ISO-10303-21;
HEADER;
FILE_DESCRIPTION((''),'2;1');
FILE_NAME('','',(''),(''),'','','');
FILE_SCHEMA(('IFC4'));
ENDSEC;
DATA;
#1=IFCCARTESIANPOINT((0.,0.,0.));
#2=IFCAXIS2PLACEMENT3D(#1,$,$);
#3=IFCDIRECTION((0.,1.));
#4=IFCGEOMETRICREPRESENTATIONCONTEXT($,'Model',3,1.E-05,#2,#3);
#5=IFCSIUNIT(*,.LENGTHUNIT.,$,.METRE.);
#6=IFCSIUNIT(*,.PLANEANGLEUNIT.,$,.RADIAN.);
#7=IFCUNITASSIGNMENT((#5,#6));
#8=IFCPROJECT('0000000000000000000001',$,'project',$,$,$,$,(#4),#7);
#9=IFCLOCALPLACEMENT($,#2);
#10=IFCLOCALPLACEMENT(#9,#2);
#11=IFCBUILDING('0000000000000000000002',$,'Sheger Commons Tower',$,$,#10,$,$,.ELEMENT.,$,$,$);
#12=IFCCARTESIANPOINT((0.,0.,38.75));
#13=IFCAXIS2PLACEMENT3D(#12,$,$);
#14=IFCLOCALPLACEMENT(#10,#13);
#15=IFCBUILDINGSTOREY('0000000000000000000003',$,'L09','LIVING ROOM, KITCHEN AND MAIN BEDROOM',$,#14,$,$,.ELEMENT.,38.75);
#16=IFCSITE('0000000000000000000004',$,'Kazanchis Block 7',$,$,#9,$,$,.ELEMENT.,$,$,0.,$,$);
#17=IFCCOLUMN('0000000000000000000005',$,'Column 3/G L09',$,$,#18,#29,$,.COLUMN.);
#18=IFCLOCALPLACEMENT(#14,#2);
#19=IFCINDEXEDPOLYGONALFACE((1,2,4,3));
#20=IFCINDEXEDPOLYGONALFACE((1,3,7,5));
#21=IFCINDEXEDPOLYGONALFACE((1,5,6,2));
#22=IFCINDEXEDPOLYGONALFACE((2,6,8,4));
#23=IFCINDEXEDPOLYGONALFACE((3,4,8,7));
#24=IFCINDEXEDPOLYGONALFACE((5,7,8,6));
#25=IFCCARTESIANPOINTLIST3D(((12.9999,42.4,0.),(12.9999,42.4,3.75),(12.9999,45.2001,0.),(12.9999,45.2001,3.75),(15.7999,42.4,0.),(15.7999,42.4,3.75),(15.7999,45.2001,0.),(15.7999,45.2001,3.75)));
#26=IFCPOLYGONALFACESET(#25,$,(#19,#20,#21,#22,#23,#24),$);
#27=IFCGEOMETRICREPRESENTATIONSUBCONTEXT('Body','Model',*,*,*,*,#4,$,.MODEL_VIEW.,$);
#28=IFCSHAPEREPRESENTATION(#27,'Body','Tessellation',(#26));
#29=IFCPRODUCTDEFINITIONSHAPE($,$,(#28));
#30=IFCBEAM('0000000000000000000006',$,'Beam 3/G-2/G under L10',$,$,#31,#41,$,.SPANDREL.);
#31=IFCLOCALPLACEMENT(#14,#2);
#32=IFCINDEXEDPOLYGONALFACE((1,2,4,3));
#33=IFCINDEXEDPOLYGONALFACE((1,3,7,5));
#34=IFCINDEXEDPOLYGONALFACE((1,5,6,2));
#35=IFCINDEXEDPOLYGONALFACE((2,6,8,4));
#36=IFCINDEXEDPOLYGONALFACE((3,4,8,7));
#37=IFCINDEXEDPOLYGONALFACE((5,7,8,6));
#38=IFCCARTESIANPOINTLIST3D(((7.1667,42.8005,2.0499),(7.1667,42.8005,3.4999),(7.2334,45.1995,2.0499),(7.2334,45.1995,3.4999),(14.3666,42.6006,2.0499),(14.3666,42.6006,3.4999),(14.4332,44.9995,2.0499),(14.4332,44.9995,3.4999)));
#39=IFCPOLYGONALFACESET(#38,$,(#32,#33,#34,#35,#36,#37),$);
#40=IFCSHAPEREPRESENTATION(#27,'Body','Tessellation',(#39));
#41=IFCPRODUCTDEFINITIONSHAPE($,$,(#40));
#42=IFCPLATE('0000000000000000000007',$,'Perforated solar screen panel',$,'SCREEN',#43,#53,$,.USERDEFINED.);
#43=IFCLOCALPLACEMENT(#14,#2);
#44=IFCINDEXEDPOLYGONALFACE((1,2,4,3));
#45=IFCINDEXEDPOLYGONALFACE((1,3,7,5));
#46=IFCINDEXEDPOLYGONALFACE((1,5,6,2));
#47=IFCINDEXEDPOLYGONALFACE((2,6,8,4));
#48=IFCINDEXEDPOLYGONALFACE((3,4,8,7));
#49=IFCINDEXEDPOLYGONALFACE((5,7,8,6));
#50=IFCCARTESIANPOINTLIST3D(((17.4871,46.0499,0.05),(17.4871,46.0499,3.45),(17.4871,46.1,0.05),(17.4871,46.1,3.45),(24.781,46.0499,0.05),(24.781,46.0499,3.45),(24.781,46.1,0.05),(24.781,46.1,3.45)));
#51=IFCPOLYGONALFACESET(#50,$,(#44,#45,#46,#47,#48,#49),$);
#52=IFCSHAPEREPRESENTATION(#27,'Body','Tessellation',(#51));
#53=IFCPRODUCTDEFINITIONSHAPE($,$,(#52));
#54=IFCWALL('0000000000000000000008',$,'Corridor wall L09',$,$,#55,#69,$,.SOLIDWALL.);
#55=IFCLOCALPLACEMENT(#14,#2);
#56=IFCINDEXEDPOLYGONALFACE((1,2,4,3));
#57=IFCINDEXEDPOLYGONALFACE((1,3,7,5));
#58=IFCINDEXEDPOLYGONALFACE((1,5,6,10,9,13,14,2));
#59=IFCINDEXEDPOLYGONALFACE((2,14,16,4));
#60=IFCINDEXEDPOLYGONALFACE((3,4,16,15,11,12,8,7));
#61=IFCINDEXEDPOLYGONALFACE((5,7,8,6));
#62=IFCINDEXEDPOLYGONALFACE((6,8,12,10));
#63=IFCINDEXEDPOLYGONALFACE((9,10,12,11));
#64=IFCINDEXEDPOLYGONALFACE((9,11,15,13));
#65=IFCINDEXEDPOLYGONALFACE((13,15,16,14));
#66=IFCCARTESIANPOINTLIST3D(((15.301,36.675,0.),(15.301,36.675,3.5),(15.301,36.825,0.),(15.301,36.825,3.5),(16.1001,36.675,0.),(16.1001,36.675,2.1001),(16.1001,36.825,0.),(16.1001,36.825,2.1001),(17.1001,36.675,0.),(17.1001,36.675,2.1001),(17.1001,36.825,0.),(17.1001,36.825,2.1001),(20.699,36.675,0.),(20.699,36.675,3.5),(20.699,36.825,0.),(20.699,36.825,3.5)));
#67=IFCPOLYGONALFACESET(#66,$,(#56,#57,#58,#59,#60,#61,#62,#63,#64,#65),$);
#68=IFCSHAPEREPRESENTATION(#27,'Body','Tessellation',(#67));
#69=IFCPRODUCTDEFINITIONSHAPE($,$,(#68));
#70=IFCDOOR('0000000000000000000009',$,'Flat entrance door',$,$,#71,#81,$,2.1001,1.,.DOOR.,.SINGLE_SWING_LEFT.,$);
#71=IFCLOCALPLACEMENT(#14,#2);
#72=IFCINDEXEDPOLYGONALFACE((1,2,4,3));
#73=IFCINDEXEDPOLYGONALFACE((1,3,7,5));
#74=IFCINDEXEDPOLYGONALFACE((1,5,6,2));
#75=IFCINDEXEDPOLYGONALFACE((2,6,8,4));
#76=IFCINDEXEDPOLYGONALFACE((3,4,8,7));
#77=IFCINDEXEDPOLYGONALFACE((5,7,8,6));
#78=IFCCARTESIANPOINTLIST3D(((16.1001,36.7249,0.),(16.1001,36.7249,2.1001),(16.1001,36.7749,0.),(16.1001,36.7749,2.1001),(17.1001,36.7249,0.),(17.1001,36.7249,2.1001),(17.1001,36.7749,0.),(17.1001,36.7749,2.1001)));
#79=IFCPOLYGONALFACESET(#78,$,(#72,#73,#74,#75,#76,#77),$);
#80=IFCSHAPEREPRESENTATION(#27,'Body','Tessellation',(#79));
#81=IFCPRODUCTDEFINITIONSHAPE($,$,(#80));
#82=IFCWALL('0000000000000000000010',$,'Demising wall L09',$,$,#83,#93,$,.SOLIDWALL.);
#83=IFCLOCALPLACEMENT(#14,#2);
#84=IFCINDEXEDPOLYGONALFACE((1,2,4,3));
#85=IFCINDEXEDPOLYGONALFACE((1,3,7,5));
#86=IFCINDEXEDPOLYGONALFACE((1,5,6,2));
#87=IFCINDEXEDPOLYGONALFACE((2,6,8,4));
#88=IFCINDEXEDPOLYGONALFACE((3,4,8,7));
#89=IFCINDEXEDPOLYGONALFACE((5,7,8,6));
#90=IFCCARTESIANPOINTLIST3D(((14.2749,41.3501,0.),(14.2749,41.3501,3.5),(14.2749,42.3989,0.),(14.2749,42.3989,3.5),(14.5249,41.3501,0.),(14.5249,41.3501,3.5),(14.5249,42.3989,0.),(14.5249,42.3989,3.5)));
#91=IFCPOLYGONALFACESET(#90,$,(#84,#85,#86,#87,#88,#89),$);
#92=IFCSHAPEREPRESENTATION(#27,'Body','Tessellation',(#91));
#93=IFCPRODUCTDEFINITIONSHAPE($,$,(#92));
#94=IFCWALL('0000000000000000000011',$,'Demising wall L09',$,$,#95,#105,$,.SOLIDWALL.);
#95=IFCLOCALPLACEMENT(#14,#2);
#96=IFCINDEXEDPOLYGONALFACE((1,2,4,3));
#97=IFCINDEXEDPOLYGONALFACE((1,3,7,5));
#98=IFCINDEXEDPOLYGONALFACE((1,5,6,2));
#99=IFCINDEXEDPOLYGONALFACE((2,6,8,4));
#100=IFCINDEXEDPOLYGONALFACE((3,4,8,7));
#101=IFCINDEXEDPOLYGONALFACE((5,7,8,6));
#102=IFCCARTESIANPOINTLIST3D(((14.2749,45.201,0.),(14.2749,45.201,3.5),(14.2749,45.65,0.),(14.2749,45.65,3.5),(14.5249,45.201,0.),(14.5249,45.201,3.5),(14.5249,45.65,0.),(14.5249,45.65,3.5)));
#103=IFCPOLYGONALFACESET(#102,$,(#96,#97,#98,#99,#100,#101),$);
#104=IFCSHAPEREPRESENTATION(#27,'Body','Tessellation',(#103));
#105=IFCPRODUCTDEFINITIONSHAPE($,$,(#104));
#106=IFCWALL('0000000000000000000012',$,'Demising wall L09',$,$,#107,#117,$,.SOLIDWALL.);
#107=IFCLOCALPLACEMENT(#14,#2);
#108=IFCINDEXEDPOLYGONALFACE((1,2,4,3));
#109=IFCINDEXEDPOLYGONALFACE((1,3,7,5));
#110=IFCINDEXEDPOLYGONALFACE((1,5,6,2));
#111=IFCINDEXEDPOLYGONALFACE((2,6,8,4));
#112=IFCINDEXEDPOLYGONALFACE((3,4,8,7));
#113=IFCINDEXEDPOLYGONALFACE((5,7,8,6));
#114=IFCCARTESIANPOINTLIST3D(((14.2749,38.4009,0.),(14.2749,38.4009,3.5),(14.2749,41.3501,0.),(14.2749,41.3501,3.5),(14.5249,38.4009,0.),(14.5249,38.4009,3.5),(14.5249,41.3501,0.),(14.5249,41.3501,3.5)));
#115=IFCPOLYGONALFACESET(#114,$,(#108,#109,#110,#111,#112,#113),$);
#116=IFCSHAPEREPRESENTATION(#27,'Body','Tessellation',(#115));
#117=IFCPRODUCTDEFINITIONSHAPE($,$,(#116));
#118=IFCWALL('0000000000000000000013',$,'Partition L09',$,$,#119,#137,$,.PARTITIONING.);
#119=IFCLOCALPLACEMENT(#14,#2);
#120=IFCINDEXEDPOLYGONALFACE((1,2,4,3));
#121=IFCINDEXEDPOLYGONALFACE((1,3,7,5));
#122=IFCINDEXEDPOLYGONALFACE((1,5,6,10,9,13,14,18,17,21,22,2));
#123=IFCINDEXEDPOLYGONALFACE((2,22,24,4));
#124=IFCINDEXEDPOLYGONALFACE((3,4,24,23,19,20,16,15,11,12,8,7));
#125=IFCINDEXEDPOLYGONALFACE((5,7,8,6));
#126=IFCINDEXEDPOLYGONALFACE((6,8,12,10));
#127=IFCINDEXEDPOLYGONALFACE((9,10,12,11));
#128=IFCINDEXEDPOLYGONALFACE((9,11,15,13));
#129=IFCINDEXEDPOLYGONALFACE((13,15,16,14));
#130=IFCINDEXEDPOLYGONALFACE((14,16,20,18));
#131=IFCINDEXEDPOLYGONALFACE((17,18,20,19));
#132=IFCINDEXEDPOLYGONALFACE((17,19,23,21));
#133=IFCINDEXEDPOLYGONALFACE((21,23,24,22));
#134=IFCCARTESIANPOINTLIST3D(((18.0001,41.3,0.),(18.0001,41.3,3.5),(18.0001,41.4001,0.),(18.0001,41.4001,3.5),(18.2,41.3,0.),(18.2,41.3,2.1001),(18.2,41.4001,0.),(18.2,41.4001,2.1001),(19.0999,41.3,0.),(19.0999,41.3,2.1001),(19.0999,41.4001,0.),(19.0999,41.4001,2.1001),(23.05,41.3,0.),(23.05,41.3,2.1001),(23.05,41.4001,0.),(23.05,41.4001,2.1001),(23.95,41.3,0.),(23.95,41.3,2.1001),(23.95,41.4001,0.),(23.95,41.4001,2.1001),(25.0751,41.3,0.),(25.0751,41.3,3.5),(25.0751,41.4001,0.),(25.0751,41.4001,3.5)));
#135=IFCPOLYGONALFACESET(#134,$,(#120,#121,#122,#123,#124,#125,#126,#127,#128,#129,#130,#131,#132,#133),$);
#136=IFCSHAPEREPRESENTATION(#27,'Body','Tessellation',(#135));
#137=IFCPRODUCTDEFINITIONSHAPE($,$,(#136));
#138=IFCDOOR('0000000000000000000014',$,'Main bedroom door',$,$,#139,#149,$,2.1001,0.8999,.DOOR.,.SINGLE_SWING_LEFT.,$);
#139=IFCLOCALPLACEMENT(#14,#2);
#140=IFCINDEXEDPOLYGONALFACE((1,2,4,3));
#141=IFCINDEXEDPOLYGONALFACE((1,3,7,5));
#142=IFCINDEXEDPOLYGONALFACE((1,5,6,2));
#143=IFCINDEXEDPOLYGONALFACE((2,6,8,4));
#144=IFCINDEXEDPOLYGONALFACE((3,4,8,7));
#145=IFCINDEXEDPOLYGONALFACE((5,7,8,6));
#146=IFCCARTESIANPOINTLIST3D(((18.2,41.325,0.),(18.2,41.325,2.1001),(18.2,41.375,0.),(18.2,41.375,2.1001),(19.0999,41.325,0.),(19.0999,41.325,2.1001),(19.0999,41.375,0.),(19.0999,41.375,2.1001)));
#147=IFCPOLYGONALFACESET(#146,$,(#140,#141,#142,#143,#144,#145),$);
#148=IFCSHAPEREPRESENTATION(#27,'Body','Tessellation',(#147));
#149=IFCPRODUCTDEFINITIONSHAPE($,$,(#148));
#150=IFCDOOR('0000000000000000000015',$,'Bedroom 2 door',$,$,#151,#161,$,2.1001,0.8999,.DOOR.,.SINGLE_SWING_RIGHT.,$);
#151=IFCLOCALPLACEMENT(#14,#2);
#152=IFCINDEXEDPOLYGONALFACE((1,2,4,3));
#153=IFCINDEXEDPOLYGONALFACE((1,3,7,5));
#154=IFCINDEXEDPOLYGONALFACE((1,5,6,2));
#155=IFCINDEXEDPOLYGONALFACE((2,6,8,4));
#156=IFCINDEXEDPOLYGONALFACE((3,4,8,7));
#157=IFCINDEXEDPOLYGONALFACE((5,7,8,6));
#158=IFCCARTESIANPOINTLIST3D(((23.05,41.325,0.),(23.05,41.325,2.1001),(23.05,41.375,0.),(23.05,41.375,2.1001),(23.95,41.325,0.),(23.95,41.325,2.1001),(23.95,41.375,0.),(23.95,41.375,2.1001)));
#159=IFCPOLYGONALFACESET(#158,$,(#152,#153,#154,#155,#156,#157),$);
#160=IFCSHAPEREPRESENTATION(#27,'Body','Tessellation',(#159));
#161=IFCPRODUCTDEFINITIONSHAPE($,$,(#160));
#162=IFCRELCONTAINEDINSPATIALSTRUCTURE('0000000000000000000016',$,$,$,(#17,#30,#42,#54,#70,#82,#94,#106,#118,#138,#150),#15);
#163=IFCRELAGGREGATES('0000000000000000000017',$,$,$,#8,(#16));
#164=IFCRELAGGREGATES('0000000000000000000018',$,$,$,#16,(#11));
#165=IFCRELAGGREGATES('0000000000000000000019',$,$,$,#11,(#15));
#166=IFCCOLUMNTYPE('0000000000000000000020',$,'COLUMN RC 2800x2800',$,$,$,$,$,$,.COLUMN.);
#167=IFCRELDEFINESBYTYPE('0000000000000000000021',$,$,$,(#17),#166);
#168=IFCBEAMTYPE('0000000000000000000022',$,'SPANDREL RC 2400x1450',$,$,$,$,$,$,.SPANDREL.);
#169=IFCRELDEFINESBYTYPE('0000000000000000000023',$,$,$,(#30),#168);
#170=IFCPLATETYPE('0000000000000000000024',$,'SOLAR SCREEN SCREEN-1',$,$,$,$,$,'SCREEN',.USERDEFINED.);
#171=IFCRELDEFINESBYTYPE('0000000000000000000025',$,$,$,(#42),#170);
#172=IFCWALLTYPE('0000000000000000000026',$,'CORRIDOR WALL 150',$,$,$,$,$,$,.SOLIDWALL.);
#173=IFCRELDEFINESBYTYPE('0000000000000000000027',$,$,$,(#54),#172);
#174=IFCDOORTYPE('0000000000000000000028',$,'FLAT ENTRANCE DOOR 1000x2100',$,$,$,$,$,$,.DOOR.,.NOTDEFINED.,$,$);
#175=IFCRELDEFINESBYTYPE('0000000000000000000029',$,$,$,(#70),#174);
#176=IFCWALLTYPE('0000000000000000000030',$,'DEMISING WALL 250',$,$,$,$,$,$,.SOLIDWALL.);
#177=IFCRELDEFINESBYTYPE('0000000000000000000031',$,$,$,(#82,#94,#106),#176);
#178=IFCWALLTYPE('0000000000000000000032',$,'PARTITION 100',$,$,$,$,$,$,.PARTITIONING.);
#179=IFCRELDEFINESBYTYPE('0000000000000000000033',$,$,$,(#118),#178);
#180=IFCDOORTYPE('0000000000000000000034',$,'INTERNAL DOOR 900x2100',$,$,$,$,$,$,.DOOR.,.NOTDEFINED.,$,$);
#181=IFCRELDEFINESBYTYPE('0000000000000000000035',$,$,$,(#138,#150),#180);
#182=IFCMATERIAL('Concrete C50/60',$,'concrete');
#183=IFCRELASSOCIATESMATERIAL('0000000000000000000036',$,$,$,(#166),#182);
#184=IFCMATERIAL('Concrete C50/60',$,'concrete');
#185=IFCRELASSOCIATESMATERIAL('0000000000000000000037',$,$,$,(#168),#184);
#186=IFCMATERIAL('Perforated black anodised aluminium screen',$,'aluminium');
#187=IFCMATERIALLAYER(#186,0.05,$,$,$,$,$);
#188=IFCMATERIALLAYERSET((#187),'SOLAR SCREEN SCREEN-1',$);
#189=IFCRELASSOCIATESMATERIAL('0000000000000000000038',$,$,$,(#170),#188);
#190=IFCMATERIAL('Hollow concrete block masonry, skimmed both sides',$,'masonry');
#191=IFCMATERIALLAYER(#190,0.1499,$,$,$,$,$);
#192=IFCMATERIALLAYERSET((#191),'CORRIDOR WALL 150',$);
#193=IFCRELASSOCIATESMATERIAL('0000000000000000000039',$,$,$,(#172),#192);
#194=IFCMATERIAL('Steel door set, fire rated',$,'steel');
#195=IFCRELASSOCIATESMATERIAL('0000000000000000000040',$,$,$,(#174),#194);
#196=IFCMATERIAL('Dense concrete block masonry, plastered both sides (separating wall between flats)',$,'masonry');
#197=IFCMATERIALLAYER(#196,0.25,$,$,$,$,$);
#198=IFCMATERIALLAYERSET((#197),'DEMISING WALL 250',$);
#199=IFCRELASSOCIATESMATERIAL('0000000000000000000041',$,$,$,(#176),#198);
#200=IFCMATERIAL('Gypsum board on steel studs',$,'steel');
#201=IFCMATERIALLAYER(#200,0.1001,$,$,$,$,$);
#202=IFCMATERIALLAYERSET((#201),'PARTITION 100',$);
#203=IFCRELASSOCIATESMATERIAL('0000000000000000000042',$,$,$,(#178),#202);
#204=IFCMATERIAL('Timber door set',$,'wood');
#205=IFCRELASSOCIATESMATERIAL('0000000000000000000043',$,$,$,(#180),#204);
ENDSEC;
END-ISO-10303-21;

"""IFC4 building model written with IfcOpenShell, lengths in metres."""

from ifc_helpers import new_model, si_unit, direction, frame, frame_2d, origin, origin_2d, place, context, subcontext, project, spatial, rectangle, extrude, material, layer, layer_set, material_profile, profile_set, type_object, element, fill, save


model = new_model("IFC4")

# Units and contexts
model_context = context("Model", 3, precision=1e-05, world=origin(), true_north=direction((0.0, 1.0)))
body_context = subcontext(model_context, "Body", "Model", "MODEL_VIEW")
ifc_project = project(units=[si_unit("LENGTHUNIT", "METRE"), si_unit("PLANEANGLEUNIT", "RADIAN")], contexts=[model_context])

# Site, building, storey
site_placement = place(None, origin())
site = spatial("IfcSite", under=ifc_project, at=site_placement, Name="Kazanchis Block 7", CompositionType="ELEMENT", RefElevation=0.0)
building_placement = place(site_placement, origin())
building = spatial("IfcBuilding", under=site, at=building_placement, Name="Sheger Commons Tower", CompositionType="ELEMENT")
storey_placement = place(building_placement, frame((0.0, 0.0, 38.75)))
storey = spatial("IfcBuildingStorey", under=building, at=storey_placement, Name="L09", Description="LIVING ROOM, KITCHEN AND MAIN BEDROOM", CompositionType="ELEMENT", Elevation=38.75)

# Column
ifc_material_1 = material(Name="Concrete C50/60", Category="concrete")
ifc_material_profile_1 = material_profile(ifc_material_1, rectangle(XDim=2.8, YDim=2.8, at=origin_2d()), Name="RC 2800x2800")
ifc_profile_set_1 = profile_set([ifc_material_profile_1], Name="Concrete C50/60")
column_type = type_object("IfcColumnType", Name="COLUMN RC 2800x2800", PredefinedType="COLUMN", material=ifc_profile_set_1)
column_placement = place(storey_placement, frame((14.3999, 43.8, 0.0), z_axis=(0.0, 0.0, 1.0), x_axis=(1.0, 0.0, 0.0)))
element("IfcColumn", 1, at=column_placement, inside=storey, type_object=column_type, Name="Column 3/G L09", PredefinedType="COLUMN", context=body_context, shape_type="SweptSolid", body=[
    extrude(rectangle(XDim=2.8, YDim=2.8, at=origin_2d()), origin(), (0.0, 0.0, 1.0), 3.75),
])

# Beam
ifc_material_2 = material(Name="Concrete C50/60", Category="concrete")
ifc_material_profile_2 = material_profile(ifc_material_2, rectangle(XDim=2.3999, YDim=1.45, at=origin_2d()), Name="RC 2400x1450")
ifc_profile_set_2 = profile_set([ifc_material_profile_2], Name="Concrete C50/60")
beam_type = type_object("IfcBeamType", Name="SPANDREL RC 2400x1450", PredefinedType="SPANDREL", material=ifc_profile_set_2)
beam_placement = place(storey_placement, frame((14.3999, 43.8, 2.7749), z_axis=(-0.999615, 0.02776, 0.0), x_axis=(-0.02776, -0.999615, 0.0)))
element("IfcBeam", 2, at=beam_placement, inside=storey, type_object=beam_type, Name="Beam 3/G-2/G under L10", PredefinedType="SPANDREL", context=body_context, shape_type="SweptSolid", body=[
    extrude(rectangle(XDim=2.3999, YDim=1.45, at=origin_2d()), origin(), (0.0, 0.0, 1.0), 7.2026),
])

# Plate
ifc_material_3 = material(Name="Perforated black anodised aluminium screen", Category="aluminium")
ifc_layer_1 = layer(ifc_material_3, 0.05)
ifc_layer_set_1 = layer_set([ifc_layer_1], Name="SOLAR SCREEN SCREEN-1")
plate_type = type_object("IfcPlateType", Name="SOLAR SCREEN SCREEN-1", ElementType="SCREEN", PredefinedType="USERDEFINED", material=ifc_layer_set_1)
plate_placement = place(storey_placement, frame((21.134, 46.075, 0.05), z_axis=(0.0, 0.0, 1.0), x_axis=(-1.0, 0.0, 0.0)))
element("IfcPlate", 3, at=plate_placement, inside=storey, type_object=plate_type, Name="Perforated solar screen panel", ObjectType="SCREEN", PredefinedType="USERDEFINED", context=body_context, shape_type="SweptSolid", body=[
    extrude(rectangle(XDim=7.2939, YDim=0.05, at=origin_2d()), origin(), (0.0, 0.0, 1.0), 3.3999),
])

# Wall, opening, door
ifc_material_4 = material(Name="Hollow concrete block masonry, skimmed both sides", Category="masonry")
ifc_layer_2 = layer(ifc_material_4, 0.1499)
ifc_layer_set_2 = layer_set([ifc_layer_2], Name="CORRIDOR WALL 150")
wall_type_1 = type_object("IfcWallType", Name="CORRIDOR WALL 150", PredefinedType="SOLIDWALL", material=ifc_layer_set_2)
wall_1_placement = place(storey_placement, frame((15.301, 36.75, 0.0), z_axis=(0.0, 0.0, 1.0), x_axis=(1.0, 0.0, 0.0)))
wall_1 = element("IfcWall", 4, at=wall_1_placement, inside=storey, type_object=wall_type_1, Name="Corridor wall L09", PredefinedType="SOLIDWALL", context=body_context, shape_type="SweptSolid", body=[
    extrude(rectangle(XDim=5.3979, YDim=0.1499, at=frame_2d((2.699, 0.0))), origin(), (0.0, 0.0, 1.0), 3.5),
])
opening_1_placement = place(wall_1_placement, frame((0.7991, 0.0, 0.0)))
opening_1 = element("IfcOpeningElement", 5, at=opening_1_placement, cuts=wall_1, PredefinedType="OPENING", context=body_context, shape_type="SweptSolid", body=[
    extrude(rectangle(XDim=1.0, YDim=2.1001, at=frame_2d((0.5, 1.05))), frame((0.0, 0.085, 0.0), z_axis=(0.0, -1.0, 0.0), x_axis=(1.0, 0.0, 0.0)), (0.0, 0.0, 1.0), 0.1699),
])
ifc_material_5 = material(Name="Steel door set, fire rated", Category="steel")
door_type_1 = type_object("IfcDoorType", Name="FLAT ENTRANCE DOOR 1000x2100", OperationType="NOTDEFINED", PredefinedType="DOOR", material=ifc_material_5)
door_1_placement = place(opening_1_placement, origin())
door_1 = element("IfcDoor", 6, at=door_1_placement, inside=storey, type_object=door_type_1, Name="Flat entrance door", OperationType="SINGLE_SWING_LEFT", OverallHeight=2.1001, OverallWidth=1.0, PredefinedType="DOOR", context=body_context, shape_type="SweptSolid", body=[
    extrude(rectangle(XDim=1.0, YDim=2.1001, at=frame_2d((0.5, 1.05))), frame((0.0, 0.0249, 0.0), z_axis=(0.0, -1.0, 0.0), x_axis=(1.0, 0.0, 0.0)), (0.0, 0.0, 1.0), 0.05),
])
fill(opening_1, door_1)

# Walls
ifc_material_6 = material(Name="Dense concrete block masonry, plastered both sides (separating wall between flats)", Category="masonry")
ifc_layer_3 = layer(ifc_material_6, 0.25)
ifc_layer_set_3 = layer_set([ifc_layer_3], Name="DEMISING WALL 250")
wall_type_2 = type_object("IfcWallType", Name="DEMISING WALL 250", PredefinedType="SOLIDWALL", material=ifc_layer_set_3)
wall_2_placement = place(storey_placement, frame((14.3999, 41.3501, 0.0), z_axis=(0.0, 0.0, 1.0), x_axis=(0.0, 1.0, 0.0)))
element("IfcWall", 7, at=wall_2_placement, inside=storey, type_object=wall_type_2, Name="Demising wall L09", PredefinedType="SOLIDWALL", context=body_context, shape_type="SweptSolid", body=[
    extrude(rectangle(XDim=1.0488, YDim=0.25, at=frame_2d((0.5244, 0.0))), origin(), (0.0, 0.0, 1.0), 3.5),
])
wall_3_placement = place(storey_placement, frame((14.3999, 45.2009, 0.0), z_axis=(0.0, 0.0, 1.0), x_axis=(0.0, 1.0, 0.0)))
element("IfcWall", 8, at=wall_3_placement, inside=storey, type_object=wall_type_2, Name="Demising wall L09", PredefinedType="SOLIDWALL", context=body_context, shape_type="SweptSolid", body=[
    extrude(rectangle(XDim=0.449, YDim=0.25, at=frame_2d((0.2246, 0.0))), origin(), (0.0, 0.0, 1.0), 3.5),
])
wall_4_placement = place(storey_placement, frame((14.3999, 38.4009, 0.0), z_axis=(0.0, 0.0, 1.0), x_axis=(0.0, 1.0, 0.0)))
element("IfcWall", 9, at=wall_4_placement, inside=storey, type_object=wall_type_2, Name="Demising wall L09", PredefinedType="SOLIDWALL", context=body_context, shape_type="SweptSolid", body=[
    extrude(rectangle(XDim=2.9492, YDim=0.25, at=frame_2d((1.4746, 0.0))), origin(), (0.0, 0.0, 1.0), 3.5),
])

# Wall, openings, doors
ifc_material_7 = material(Name="Gypsum board on steel studs", Category="steel")
ifc_layer_4 = layer(ifc_material_7, 0.1001)
ifc_layer_set_4 = layer_set([ifc_layer_4], Name="PARTITION 100")
wall_type_3 = type_object("IfcWallType", Name="PARTITION 100", PredefinedType="PARTITIONING", material=ifc_layer_set_4)
wall_5_placement = place(storey_placement, frame((18.0, 41.3501, 0.0), z_axis=(0.0, 0.0, 1.0), x_axis=(1.0, 0.0, 0.0)))
wall_5 = element("IfcWall", 10, at=wall_5_placement, inside=storey, type_object=wall_type_3, Name="Partition L09", PredefinedType="PARTITIONING", context=body_context, shape_type="SweptSolid", body=[
    extrude(rectangle(XDim=7.075, YDim=0.1001, at=frame_2d((3.5376, 0.0))), origin(), (0.0, 0.0, 1.0), 3.5),
])
opening_2_placement = place(wall_5_placement, frame((0.2, 0.0, 0.0)))
opening_2 = element("IfcOpeningElement", 11, at=opening_2_placement, cuts=wall_5, PredefinedType="OPENING", context=body_context, shape_type="SweptSolid", body=[
    extrude(rectangle(XDim=0.8999, YDim=2.1001, at=frame_2d((0.45, 1.05))), frame((0.0, 0.0601, 0.0), z_axis=(0.0, -1.0, 0.0), x_axis=(1.0, 0.0, 0.0)), (0.0, 0.0, 1.0), 0.1201),
])
opening_3_placement = place(wall_5_placement, frame((5.05, 0.0, 0.0)))
opening_3 = element("IfcOpeningElement", 12, at=opening_3_placement, cuts=wall_5, PredefinedType="OPENING", context=body_context, shape_type="SweptSolid", body=[
    extrude(rectangle(XDim=0.8999, YDim=2.1001, at=frame_2d((0.45, 1.05))), frame((0.0, 0.0601, 0.0), z_axis=(0.0, -1.0, 0.0), x_axis=(1.0, 0.0, 0.0)), (0.0, 0.0, 1.0), 0.1201),
])
ifc_material_8 = material(Name="Timber door set", Category="wood")
door_type_2 = type_object("IfcDoorType", Name="INTERNAL DOOR 900x2100", OperationType="NOTDEFINED", PredefinedType="DOOR", material=ifc_material_8)
door_2_placement = place(opening_2_placement, origin())
door_2 = element("IfcDoor", 13, at=door_2_placement, inside=storey, type_object=door_type_2, Name="Main bedroom door", OperationType="SINGLE_SWING_LEFT", OverallHeight=2.1001, OverallWidth=0.8999, PredefinedType="DOOR", context=body_context, shape_type="SweptSolid", body=[
    extrude(rectangle(XDim=0.8999, YDim=2.1001, at=frame_2d((0.45, 1.05))), frame((0.0, 0.0249, 0.0), z_axis=(0.0, -1.0, 0.0), x_axis=(1.0, 0.0, 0.0)), (0.0, 0.0, 1.0), 0.05),
])
fill(opening_2, door_2)
door_3_placement = place(opening_3_placement, origin())
door_3 = element("IfcDoor", 14, at=door_3_placement, inside=storey, type_object=door_type_2, Name="Bedroom 2 door", OperationType="SINGLE_SWING_RIGHT", OverallHeight=2.1001, OverallWidth=0.8999, PredefinedType="DOOR", context=body_context, shape_type="SweptSolid", body=[
    extrude(rectangle(XDim=0.8999, YDim=2.1001, at=frame_2d((0.45, 1.05))), frame((0.0, 0.0249, 0.0), z_axis=(0.0, -1.0, 0.0), x_axis=(1.0, 0.0, 0.0)), (0.0, 0.0, 1.0), 0.05),
])
fill(opening_3, door_3)

save(model, "model.ifc")
